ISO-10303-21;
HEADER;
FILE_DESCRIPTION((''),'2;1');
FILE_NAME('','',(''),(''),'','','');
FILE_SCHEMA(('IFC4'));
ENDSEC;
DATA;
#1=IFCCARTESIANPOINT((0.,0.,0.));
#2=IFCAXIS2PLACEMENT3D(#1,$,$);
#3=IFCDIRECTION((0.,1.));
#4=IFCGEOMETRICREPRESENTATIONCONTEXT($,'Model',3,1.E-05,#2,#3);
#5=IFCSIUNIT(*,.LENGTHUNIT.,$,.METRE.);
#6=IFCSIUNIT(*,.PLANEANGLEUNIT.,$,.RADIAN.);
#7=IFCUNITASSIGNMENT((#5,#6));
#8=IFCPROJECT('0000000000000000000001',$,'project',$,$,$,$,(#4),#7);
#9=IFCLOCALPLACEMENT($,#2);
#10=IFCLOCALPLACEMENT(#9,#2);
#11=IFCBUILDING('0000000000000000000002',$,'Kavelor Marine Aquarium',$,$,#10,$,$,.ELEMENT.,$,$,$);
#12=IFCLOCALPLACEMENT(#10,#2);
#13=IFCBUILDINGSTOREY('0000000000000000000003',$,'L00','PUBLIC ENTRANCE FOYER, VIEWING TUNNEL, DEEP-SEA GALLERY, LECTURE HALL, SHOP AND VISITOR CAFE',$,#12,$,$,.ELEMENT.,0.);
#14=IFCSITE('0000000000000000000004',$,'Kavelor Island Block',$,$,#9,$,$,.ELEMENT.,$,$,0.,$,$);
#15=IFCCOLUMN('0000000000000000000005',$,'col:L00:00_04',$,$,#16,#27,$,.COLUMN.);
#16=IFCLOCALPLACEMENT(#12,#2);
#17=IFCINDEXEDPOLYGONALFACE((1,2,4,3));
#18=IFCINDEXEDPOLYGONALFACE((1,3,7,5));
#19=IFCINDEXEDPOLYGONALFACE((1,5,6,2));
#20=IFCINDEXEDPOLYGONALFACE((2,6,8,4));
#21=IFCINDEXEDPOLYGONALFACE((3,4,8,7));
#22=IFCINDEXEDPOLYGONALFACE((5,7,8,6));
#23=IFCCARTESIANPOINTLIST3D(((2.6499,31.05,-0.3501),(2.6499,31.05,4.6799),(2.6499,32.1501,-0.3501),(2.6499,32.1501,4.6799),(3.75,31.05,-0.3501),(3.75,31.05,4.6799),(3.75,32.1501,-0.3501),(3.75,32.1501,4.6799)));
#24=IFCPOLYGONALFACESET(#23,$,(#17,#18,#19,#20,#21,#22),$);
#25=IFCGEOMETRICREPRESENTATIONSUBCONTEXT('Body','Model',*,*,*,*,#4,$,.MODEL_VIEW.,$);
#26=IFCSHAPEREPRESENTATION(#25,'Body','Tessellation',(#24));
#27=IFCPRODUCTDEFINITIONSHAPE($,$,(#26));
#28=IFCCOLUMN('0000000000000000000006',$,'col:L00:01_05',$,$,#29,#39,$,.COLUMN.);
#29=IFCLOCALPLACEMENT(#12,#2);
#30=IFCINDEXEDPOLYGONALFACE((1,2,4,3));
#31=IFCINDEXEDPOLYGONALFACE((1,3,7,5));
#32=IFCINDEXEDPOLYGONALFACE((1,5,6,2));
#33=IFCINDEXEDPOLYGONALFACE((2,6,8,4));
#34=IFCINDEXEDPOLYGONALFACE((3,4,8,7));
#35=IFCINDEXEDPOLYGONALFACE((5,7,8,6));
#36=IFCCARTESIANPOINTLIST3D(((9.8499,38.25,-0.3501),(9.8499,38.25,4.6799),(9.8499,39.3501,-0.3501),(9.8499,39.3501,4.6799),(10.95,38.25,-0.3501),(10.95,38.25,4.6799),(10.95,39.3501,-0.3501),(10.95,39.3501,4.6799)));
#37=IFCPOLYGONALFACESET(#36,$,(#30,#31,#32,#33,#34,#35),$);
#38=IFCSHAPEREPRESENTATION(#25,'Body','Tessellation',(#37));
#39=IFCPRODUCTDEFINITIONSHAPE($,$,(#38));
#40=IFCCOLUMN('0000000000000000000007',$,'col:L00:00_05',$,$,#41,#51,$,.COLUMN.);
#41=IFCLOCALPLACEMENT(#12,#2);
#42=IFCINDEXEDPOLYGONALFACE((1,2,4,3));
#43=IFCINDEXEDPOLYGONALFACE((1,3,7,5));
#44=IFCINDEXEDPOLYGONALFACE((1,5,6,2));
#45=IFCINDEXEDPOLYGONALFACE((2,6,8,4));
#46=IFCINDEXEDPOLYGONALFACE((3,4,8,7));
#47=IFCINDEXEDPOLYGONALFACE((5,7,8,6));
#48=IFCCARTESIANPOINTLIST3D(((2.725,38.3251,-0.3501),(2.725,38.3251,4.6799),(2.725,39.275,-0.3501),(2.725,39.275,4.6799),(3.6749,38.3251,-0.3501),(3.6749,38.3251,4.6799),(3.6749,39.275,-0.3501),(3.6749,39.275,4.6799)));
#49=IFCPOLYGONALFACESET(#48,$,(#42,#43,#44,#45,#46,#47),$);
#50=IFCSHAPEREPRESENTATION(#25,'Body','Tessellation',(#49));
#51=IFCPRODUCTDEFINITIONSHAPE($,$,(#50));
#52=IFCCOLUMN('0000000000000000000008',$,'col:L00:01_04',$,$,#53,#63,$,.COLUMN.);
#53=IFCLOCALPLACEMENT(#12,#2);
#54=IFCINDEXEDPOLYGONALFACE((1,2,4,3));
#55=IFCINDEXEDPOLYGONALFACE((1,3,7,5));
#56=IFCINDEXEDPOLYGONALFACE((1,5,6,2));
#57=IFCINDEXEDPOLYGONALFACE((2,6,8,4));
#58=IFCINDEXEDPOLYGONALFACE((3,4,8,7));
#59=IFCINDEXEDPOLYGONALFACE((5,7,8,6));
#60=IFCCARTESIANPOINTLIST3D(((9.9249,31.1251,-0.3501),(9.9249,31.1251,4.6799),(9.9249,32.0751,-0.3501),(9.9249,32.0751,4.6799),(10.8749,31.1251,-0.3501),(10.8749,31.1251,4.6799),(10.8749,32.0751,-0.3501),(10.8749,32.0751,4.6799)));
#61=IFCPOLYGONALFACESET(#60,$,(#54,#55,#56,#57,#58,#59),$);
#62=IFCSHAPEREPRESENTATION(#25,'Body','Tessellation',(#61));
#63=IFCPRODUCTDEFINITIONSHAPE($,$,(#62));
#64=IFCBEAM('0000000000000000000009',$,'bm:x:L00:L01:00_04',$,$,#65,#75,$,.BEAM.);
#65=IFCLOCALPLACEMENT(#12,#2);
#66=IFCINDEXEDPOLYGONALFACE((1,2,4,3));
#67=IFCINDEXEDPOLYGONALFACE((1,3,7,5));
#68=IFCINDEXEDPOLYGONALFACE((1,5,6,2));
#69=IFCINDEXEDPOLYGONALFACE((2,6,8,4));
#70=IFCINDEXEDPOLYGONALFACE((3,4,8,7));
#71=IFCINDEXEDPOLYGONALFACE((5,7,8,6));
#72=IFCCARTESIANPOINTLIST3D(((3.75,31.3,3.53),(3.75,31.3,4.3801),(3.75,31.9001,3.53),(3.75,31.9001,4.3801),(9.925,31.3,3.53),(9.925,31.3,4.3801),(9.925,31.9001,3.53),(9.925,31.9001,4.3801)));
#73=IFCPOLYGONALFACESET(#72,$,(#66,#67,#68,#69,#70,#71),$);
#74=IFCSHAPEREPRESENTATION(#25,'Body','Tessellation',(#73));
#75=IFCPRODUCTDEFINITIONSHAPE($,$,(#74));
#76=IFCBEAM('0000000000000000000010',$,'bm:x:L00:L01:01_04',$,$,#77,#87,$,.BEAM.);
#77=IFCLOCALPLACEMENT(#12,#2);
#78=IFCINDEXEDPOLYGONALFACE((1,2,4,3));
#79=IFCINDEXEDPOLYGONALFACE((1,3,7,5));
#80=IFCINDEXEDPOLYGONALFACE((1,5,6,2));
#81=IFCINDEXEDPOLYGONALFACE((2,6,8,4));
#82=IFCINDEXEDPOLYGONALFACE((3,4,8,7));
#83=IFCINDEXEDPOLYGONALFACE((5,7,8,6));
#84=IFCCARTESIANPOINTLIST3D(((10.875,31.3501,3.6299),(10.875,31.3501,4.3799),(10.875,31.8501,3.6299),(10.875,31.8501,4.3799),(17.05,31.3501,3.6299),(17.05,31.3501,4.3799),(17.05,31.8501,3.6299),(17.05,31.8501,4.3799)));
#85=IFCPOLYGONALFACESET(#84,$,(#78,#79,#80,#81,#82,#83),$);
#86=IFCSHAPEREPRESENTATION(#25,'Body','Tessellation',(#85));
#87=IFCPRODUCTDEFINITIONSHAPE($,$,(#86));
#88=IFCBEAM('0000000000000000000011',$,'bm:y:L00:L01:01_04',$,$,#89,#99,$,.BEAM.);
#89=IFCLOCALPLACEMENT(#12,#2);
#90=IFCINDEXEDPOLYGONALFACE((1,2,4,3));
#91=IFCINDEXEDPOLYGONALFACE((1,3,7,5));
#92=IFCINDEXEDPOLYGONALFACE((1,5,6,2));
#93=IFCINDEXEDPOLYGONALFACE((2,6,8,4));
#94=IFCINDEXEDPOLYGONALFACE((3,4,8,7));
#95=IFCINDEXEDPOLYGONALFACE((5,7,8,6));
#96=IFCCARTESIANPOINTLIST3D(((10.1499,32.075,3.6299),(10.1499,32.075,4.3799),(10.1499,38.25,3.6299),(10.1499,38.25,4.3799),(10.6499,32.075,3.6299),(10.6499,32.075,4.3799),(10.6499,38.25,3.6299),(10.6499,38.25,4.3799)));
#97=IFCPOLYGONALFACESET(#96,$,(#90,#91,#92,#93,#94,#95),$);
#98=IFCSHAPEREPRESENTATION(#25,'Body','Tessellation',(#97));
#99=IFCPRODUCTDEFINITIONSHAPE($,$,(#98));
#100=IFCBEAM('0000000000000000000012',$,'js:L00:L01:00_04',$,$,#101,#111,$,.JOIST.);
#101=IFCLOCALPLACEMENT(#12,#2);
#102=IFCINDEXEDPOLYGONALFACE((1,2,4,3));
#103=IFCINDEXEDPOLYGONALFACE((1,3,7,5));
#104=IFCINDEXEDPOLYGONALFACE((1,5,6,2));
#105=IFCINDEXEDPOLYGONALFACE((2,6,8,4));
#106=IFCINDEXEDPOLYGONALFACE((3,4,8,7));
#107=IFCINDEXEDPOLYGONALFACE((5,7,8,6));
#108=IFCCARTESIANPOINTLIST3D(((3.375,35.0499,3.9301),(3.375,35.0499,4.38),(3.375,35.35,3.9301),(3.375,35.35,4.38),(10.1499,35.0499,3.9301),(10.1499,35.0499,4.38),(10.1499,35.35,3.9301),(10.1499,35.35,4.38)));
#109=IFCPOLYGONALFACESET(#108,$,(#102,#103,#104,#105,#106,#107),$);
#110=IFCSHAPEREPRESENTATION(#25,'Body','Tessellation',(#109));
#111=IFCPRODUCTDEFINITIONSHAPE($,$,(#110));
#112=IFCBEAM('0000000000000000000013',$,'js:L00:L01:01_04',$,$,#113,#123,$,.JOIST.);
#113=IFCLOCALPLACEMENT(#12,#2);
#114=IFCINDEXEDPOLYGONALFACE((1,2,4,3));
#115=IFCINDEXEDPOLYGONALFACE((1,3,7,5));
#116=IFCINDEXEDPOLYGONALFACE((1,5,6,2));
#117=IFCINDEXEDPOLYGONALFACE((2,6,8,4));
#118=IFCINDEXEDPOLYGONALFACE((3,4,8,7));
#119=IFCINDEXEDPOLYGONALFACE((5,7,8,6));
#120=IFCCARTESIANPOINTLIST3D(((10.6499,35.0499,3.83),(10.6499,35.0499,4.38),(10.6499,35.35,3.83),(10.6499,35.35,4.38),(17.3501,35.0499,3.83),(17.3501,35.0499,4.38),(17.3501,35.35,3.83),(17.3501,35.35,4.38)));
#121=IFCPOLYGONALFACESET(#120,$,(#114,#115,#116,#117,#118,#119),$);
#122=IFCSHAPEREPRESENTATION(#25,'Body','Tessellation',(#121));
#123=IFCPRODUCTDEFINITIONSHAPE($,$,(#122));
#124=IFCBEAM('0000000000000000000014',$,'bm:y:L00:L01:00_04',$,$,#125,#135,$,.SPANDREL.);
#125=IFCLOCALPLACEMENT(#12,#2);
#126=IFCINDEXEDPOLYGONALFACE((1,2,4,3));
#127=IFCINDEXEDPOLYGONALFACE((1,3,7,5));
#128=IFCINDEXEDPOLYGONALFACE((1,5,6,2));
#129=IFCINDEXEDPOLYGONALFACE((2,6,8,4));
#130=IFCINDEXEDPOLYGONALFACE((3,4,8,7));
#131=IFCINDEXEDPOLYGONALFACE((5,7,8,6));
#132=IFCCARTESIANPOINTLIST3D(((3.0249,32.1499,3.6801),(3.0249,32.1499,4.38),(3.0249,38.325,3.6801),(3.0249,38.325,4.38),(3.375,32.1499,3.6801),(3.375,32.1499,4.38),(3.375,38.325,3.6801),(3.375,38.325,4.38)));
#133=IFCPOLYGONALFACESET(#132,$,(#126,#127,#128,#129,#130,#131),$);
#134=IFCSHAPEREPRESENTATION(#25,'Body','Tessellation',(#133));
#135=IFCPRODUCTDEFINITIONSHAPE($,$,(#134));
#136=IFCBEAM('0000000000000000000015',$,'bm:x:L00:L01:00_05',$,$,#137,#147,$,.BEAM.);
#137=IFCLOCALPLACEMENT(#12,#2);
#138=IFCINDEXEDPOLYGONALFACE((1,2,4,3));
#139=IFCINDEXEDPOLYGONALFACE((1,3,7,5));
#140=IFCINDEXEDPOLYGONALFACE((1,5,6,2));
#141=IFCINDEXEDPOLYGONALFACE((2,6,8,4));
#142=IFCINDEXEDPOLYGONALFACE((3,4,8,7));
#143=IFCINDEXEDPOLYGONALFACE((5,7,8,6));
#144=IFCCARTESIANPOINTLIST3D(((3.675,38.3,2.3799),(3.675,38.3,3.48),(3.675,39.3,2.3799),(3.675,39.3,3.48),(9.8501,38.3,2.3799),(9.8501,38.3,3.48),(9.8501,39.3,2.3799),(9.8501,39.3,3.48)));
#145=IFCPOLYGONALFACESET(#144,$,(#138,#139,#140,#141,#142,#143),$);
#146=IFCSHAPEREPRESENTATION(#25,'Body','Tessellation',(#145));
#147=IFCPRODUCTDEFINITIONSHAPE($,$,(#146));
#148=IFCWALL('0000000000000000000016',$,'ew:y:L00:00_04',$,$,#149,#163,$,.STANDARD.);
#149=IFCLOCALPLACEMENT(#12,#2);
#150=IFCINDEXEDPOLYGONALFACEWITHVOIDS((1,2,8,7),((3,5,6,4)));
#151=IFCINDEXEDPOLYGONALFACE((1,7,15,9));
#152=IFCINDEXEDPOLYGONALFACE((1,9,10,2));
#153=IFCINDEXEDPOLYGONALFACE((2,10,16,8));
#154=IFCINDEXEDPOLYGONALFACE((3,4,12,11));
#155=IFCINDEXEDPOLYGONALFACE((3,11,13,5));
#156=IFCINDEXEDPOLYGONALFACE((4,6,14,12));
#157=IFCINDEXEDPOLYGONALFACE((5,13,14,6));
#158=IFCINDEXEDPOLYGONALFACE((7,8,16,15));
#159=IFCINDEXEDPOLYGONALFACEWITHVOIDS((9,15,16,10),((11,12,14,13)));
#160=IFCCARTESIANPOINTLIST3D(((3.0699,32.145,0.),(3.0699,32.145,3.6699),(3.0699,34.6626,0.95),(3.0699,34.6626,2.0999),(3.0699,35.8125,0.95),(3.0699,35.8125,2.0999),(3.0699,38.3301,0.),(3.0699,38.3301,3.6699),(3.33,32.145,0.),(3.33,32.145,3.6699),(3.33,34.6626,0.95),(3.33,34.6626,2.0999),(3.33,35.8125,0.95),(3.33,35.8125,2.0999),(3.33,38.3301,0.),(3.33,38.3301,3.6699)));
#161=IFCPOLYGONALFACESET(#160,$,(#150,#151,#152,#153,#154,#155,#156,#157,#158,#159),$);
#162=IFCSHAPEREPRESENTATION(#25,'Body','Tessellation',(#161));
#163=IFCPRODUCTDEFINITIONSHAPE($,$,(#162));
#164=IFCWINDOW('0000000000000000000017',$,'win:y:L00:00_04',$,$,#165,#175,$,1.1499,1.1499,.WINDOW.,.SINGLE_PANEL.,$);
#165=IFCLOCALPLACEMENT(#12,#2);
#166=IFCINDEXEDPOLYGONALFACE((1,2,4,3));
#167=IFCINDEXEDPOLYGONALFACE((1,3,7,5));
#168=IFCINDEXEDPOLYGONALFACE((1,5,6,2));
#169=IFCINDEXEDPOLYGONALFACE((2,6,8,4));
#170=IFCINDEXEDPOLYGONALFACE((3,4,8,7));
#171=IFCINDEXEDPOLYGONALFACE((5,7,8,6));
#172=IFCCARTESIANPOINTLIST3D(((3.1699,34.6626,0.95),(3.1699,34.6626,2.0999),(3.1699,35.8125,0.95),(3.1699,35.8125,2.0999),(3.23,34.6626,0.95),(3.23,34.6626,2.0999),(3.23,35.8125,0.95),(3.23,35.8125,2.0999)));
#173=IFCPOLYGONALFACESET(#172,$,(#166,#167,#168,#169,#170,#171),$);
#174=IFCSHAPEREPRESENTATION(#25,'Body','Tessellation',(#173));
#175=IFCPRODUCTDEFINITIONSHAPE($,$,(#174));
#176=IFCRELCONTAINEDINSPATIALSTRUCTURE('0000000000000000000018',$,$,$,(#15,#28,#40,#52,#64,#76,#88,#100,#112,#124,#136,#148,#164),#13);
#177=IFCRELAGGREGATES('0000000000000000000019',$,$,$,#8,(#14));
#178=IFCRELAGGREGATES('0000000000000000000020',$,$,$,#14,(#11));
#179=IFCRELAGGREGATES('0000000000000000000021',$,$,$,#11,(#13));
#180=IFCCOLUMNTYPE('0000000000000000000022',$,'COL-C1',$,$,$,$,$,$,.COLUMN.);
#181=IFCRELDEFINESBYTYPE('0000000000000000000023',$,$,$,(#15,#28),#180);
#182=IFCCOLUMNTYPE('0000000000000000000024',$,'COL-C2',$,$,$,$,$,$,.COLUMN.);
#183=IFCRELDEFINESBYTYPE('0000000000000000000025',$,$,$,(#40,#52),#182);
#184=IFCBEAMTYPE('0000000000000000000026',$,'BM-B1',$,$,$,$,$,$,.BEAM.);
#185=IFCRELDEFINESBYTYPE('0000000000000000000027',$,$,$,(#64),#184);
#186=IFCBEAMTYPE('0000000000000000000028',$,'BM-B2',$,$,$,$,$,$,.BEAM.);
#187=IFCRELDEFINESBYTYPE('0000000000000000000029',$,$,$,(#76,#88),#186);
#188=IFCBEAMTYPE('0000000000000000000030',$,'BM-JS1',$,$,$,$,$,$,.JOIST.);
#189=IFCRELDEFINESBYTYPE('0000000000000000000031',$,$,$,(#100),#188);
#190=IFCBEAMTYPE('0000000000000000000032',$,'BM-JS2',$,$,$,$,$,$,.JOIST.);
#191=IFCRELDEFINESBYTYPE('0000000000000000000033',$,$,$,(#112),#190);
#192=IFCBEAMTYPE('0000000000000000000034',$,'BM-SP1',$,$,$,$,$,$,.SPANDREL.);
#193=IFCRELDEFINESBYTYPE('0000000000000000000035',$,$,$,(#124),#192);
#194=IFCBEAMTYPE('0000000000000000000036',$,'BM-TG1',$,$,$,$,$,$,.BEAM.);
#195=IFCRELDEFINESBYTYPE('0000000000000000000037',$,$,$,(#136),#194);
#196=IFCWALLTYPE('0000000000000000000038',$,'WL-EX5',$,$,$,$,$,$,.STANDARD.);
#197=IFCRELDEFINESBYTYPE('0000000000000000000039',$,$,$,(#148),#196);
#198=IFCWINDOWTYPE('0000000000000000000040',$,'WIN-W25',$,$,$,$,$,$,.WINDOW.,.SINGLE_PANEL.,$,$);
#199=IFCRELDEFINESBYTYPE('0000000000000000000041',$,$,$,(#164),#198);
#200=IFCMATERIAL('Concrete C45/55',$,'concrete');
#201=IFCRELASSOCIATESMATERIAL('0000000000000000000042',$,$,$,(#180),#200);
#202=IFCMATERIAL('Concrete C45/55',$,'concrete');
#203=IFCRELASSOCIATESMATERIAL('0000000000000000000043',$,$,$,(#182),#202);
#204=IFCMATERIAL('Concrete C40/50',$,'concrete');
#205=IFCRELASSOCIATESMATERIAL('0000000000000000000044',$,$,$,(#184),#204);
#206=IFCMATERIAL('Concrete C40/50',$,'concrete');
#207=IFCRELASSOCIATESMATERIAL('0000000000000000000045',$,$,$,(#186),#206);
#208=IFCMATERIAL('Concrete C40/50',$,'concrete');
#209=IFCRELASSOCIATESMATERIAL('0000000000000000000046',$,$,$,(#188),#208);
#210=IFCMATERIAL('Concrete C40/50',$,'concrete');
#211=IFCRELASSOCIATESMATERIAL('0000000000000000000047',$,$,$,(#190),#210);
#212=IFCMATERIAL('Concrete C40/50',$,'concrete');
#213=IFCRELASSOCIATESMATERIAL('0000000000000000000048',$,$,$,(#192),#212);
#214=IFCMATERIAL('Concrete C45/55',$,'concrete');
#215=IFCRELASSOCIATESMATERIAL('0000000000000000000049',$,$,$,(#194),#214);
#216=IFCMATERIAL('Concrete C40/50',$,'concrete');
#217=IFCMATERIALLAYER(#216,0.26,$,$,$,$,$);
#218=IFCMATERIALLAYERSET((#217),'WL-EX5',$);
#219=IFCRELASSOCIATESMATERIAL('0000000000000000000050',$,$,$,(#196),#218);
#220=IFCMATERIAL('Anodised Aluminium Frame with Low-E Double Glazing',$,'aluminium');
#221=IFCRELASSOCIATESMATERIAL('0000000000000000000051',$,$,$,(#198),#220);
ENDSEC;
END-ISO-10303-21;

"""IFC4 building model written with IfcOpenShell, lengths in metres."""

from ifc_helpers import new_model, si_unit, direction, frame, frame_2d, origin, origin_2d, place, context, subcontext, project, spatial, rectangle, extrude, material, layer, layer_set, material_profile, profile_set, type_object, element, fill, save


model = new_model("IFC4")

# Units and contexts
model_context = context("Model", 3, precision=1e-05, world=origin(), true_north=direction((0.0, 1.0)))
body_context = subcontext(model_context, "Body", "Model", "MODEL_VIEW")
ifc_project = project(units=[si_unit("LENGTHUNIT", "METRE"), si_unit("PLANEANGLEUNIT", "RADIAN")], contexts=[model_context])

# Site, building, storey
site_placement = place(None, origin())
site = spatial("IfcSite", under=ifc_project, at=site_placement, Name="Kavelor Island Block", CompositionType="ELEMENT", RefElevation=0.0)
building_placement = place(site_placement, origin())
building = spatial("IfcBuilding", under=site, at=building_placement, Name="Kavelor Marine Aquarium", CompositionType="ELEMENT")
storey_placement = place(building_placement, origin())
storey = spatial("IfcBuildingStorey", under=building, at=storey_placement, Name="L00", Description="PUBLIC ENTRANCE FOYER, VIEWING TUNNEL, DEEP-SEA GALLERY, LECTURE HALL, SHOP AND VISITOR CAFE", CompositionType="ELEMENT", Elevation=0.0)

# Columns
ifc_material_1 = material(Name="Concrete C45/55", Category="concrete")
ifc_material_profile_1 = material_profile(ifc_material_1, rectangle(XDim=1.1001, YDim=1.1001, at=origin_2d()), Name="RC-COL 1100x1100")
ifc_profile_set_1 = profile_set([ifc_material_profile_1], Name="Concrete C45/55")
column_type_1 = type_object("IfcColumnType", Name="COL-C1", PredefinedType="COLUMN", material=ifc_profile_set_1)
for number, where, z_axis, x_axis, name in (
    (1, (3.2, 31.6001, -0.3501), (0.0, 0.0, 1.0), (1.0, 0.0, 0.0), "col:L00:00_04"),
    (2, (10.3999, 38.8, -0.3501), (0.0, 0.0, 1.0), (1.0, 0.0, 0.0), "col:L00:01_05"),
):
    element("IfcColumn", number, at=place(storey_placement, frame(where, z_axis=z_axis, x_axis=x_axis)), inside=storey, type_object=column_type_1, Name=name, PredefinedType="COLUMN", context=body_context, shape_type="SweptSolid", body=[
        extrude(rectangle(XDim=1.1001, YDim=1.1001, at=origin_2d()), origin(), (0.0, 0.0, 1.0), 5.03),
    ])
ifc_material_2 = material(Name="Concrete C45/55", Category="concrete")
ifc_material_profile_2 = material_profile(ifc_material_2, rectangle(XDim=0.95, YDim=0.95, at=origin_2d()), Name="RC-COL 950x950")
ifc_profile_set_2 = profile_set([ifc_material_profile_2], Name="Concrete C45/55")
column_type_2 = type_object("IfcColumnType", Name="COL-C2", PredefinedType="COLUMN", material=ifc_profile_set_2)
for number, where, z_axis, x_axis, name in (
    (3, (3.2, 38.8, -0.3501), (0.0, 0.0, 1.0), (1.0, 0.0, 0.0), "col:L00:00_05"),
    (4, (10.3999, 31.6001, -0.3501), (0.0, 0.0, 1.0), (1.0, 0.0, 0.0), "col:L00:01_04"),
):
    element("IfcColumn", number, at=place(storey_placement, frame(where, z_axis=z_axis, x_axis=x_axis)), inside=storey, type_object=column_type_2, Name=name, PredefinedType="COLUMN", context=body_context, shape_type="SweptSolid", body=[
        extrude(rectangle(XDim=0.95, YDim=0.95, at=origin_2d()), origin(), (0.0, 0.0, 1.0), 5.03),
    ])

# Beams
ifc_material_3 = material(Name="Concrete C40/50", Category="concrete")
ifc_material_profile_3 = material_profile(ifc_material_3, rectangle(XDim=0.6001, YDim=0.8501, at=origin_2d()), Name="RC-BM 600x850")
ifc_profile_set_3 = profile_set([ifc_material_profile_3], Name="Concrete C40/50")
beam_type_1 = type_object("IfcBeamType", Name="BM-B1", PredefinedType="BEAM", material=ifc_profile_set_3)
beam_1_placement = place(storey_placement, frame((3.75, 31.6001, 3.9551), z_axis=(1.0, 0.0, 0.0), x_axis=(0.0, 1.0, 0.0)))
element("IfcBeam", 5, at=beam_1_placement, inside=storey, type_object=beam_type_1, Name="bm:x:L00:L01:00_04", PredefinedType="BEAM", context=body_context, shape_type="SweptSolid", body=[
    extrude(rectangle(XDim=0.6001, YDim=0.8501, at=origin_2d()), origin(), (0.0, 0.0, 1.0), 6.175),
])
ifc_material_4 = material(Name="Concrete C40/50", Category="concrete")
ifc_material_profile_4 = material_profile(ifc_material_4, rectangle(XDim=0.5, YDim=0.75, at=origin_2d()), Name="RC-BM 500x750")
ifc_profile_set_4 = profile_set([ifc_material_profile_4], Name="Concrete C40/50")
beam_type_2 = type_object("IfcBeamType", Name="BM-B2", PredefinedType="BEAM", material=ifc_profile_set_4)
for number, where, z_axis, x_axis, name in (
    (6, (10.875, 31.6001, 4.0049), (1.0, 0.0, 0.0), (0.0, 1.0, 0.0), "bm:x:L00:L01:01_04"),
    (7, (10.3999, 32.075, 4.0049), (0.0, 1.0, 0.0), (-1.0, 0.0, 0.0), "bm:y:L00:L01:01_04"),
):
    element("IfcBeam", number, at=place(storey_placement, frame(where, z_axis=z_axis, x_axis=x_axis)), inside=storey, type_object=beam_type_2, Name=name, PredefinedType="BEAM", context=body_context, shape_type="SweptSolid", body=[
        extrude(rectangle(XDim=0.5, YDim=0.75, at=origin_2d()), origin(), (0.0, 0.0, 1.0), 6.175),
    ])
ifc_material_5 = material(Name="Concrete C40/50", Category="concrete")
ifc_material_profile_5 = material_profile(ifc_material_5, rectangle(XDim=0.3, YDim=0.45, at=origin_2d()), Name="RC-JS 300x450")
ifc_profile_set_5 = profile_set([ifc_material_profile_5], Name="Concrete C40/50")
beam_type_3 = type_object("IfcBeamType", Name="BM-JS1", PredefinedType="JOIST", material=ifc_profile_set_5)
beam_2_placement = place(storey_placement, frame((3.375, 35.2, 4.155), z_axis=(1.0, 0.0, 0.0), x_axis=(0.0, 1.0, 0.0)))
element("IfcBeam", 8, at=beam_2_placement, inside=storey, type_object=beam_type_3, Name="js:L00:L01:00_04", PredefinedType="JOIST", context=body_context, shape_type="SweptSolid", body=[
    extrude(rectangle(XDim=0.3, YDim=0.45, at=origin_2d()), origin(), (0.0, 0.0, 1.0), 6.7749),
])
ifc_material_6 = material(Name="Concrete C40/50", Category="concrete")
ifc_material_profile_6 = material_profile(ifc_material_6, rectangle(XDim=0.3, YDim=0.55, at=origin_2d()), Name="RC-JS 300x550")
ifc_profile_set_6 = profile_set([ifc_material_profile_6], Name="Concrete C40/50")
beam_type_4 = type_object("IfcBeamType", Name="BM-JS2", PredefinedType="JOIST", material=ifc_profile_set_6)
beam_3_placement = place(storey_placement, frame((10.6499, 35.2, 4.105), z_axis=(1.0, 0.0, 0.0), x_axis=(0.0, 1.0, 0.0)))
element("IfcBeam", 9, at=beam_3_placement, inside=storey, type_object=beam_type_4, Name="js:L00:L01:01_04", PredefinedType="JOIST", context=body_context, shape_type="SweptSolid", body=[
    extrude(rectangle(XDim=0.3, YDim=0.55, at=origin_2d()), origin(), (0.0, 0.0, 1.0), 6.7002),
])
ifc_material_7 = material(Name="Concrete C40/50", Category="concrete")
ifc_material_profile_7 = material_profile(ifc_material_7, rectangle(XDim=0.3501, YDim=0.7, at=origin_2d()), Name="RC-SP 350x700")
ifc_profile_set_7 = profile_set([ifc_material_profile_7], Name="Concrete C40/50")
beam_type_5 = type_object("IfcBeamType", Name="BM-SP1", PredefinedType="SPANDREL", material=ifc_profile_set_7)
beam_4_placement = place(storey_placement, frame((3.2, 32.1499, 4.03), z_axis=(0.0, 1.0, 0.0), x_axis=(-1.0, 0.0, 0.0)))
element("IfcBeam", 10, at=beam_4_placement, inside=storey, type_object=beam_type_5, Name="bm:y:L00:L01:00_04", PredefinedType="SPANDREL", context=body_context, shape_type="SweptSolid", body=[
    extrude(rectangle(XDim=0.3501, YDim=0.7, at=origin_2d()), origin(), (0.0, 0.0, 1.0), 6.175),
])
ifc_material_8 = material(Name="Concrete C45/55", Category="concrete")
ifc_material_profile_8 = material_profile(ifc_material_8, rectangle(XDim=1.0, YDim=1.1001, at=origin_2d()), Name="RC-TG 1000x1100")
ifc_profile_set_8 = profile_set([ifc_material_profile_8], Name="Concrete C45/55")
beam_type_6 = type_object("IfcBeamType", Name="BM-TG1", PredefinedType="BEAM", material=ifc_profile_set_8)
beam_5_placement = place(storey_placement, frame((3.675, 38.8, 2.9299), z_axis=(1.0, 0.0, 0.0), x_axis=(0.0, 1.0, 0.0)))
element("IfcBeam", 11, at=beam_5_placement, inside=storey, type_object=beam_type_6, Name="bm:x:L00:L01:00_05", PredefinedType="BEAM", context=body_context, shape_type="SweptSolid", body=[
    extrude(rectangle(XDim=1.0, YDim=1.1001, at=origin_2d()), origin(), (0.0, 0.0, 1.0), 6.175),
])

# Wall, opening, window
ifc_material_9 = material(Name="Concrete C40/50", Category="concrete")
ifc_layer_1 = layer(ifc_material_9, 0.26)
ifc_layer_set_1 = layer_set([ifc_layer_1], Name="WL-EX5")
wall_type_1 = type_object("IfcWallType", Name="WL-EX5", PredefinedType="STANDARD", material=ifc_layer_set_1)
wall_1_placement = place(storey_placement, frame((3.2, 32.145, 0.0), z_axis=(0.0, 0.0, 1.0), x_axis=(0.0, 1.0, 0.0)))
wall_1 = element("IfcWall", 12, at=wall_1_placement, inside=storey, type_object=wall_type_1, Name="ew:y:L00:00_04", PredefinedType="STANDARD", context=body_context, shape_type="SweptSolid", body=[
    extrude(rectangle(XDim=6.1851, YDim=0.26, at=frame_2d((3.0925, 0.0))), origin(), (0.0, 0.0, 1.0), 3.6699),
])
opening_1_placement = place(wall_1_placement, frame((2.5176, 0.0, 0.95)))
opening_1 = element("IfcOpeningElement", 13, at=opening_1_placement, cuts=wall_1, PredefinedType="OPENING", context=body_context, shape_type="SweptSolid", body=[
    extrude(rectangle(XDim=1.1499, YDim=1.1499, at=frame_2d((0.575, 0.575))), frame((0.0, 0.1399, 0.0), z_axis=(0.0, -1.0, 0.0), x_axis=(1.0, 0.0, 0.0)), (0.0, 0.0, 1.0), 0.28),
])
ifc_material_10 = material(Name="Anodised Aluminium Frame with Low-E Double Glazing", Category="aluminium")
window_type = type_object("IfcWindowType", Name="WIN-W25", PartitioningType="SINGLE_PANEL", PredefinedType="WINDOW", material=ifc_material_10)
window_placement = place(opening_1_placement, origin())
window = element("IfcWindow", 14, at=window_placement, inside=storey, type_object=window_type, Name="win:y:L00:00_04", OverallHeight=1.1499, OverallWidth=1.1499, PartitioningType="SINGLE_PANEL", PredefinedType="WINDOW", context=body_context, shape_type="SweptSolid", body=[
    extrude(rectangle(XDim=1.1499, YDim=1.1499, at=frame_2d((0.575, 0.575))), frame((0.0, 0.03, 0.0), z_axis=(0.0, -1.0, 0.0), x_axis=(1.0, 0.0, 0.0)), (0.0, 0.0, 1.0), 0.0601),
])
fill(opening_1, window)

save(model, "model.ifc")
